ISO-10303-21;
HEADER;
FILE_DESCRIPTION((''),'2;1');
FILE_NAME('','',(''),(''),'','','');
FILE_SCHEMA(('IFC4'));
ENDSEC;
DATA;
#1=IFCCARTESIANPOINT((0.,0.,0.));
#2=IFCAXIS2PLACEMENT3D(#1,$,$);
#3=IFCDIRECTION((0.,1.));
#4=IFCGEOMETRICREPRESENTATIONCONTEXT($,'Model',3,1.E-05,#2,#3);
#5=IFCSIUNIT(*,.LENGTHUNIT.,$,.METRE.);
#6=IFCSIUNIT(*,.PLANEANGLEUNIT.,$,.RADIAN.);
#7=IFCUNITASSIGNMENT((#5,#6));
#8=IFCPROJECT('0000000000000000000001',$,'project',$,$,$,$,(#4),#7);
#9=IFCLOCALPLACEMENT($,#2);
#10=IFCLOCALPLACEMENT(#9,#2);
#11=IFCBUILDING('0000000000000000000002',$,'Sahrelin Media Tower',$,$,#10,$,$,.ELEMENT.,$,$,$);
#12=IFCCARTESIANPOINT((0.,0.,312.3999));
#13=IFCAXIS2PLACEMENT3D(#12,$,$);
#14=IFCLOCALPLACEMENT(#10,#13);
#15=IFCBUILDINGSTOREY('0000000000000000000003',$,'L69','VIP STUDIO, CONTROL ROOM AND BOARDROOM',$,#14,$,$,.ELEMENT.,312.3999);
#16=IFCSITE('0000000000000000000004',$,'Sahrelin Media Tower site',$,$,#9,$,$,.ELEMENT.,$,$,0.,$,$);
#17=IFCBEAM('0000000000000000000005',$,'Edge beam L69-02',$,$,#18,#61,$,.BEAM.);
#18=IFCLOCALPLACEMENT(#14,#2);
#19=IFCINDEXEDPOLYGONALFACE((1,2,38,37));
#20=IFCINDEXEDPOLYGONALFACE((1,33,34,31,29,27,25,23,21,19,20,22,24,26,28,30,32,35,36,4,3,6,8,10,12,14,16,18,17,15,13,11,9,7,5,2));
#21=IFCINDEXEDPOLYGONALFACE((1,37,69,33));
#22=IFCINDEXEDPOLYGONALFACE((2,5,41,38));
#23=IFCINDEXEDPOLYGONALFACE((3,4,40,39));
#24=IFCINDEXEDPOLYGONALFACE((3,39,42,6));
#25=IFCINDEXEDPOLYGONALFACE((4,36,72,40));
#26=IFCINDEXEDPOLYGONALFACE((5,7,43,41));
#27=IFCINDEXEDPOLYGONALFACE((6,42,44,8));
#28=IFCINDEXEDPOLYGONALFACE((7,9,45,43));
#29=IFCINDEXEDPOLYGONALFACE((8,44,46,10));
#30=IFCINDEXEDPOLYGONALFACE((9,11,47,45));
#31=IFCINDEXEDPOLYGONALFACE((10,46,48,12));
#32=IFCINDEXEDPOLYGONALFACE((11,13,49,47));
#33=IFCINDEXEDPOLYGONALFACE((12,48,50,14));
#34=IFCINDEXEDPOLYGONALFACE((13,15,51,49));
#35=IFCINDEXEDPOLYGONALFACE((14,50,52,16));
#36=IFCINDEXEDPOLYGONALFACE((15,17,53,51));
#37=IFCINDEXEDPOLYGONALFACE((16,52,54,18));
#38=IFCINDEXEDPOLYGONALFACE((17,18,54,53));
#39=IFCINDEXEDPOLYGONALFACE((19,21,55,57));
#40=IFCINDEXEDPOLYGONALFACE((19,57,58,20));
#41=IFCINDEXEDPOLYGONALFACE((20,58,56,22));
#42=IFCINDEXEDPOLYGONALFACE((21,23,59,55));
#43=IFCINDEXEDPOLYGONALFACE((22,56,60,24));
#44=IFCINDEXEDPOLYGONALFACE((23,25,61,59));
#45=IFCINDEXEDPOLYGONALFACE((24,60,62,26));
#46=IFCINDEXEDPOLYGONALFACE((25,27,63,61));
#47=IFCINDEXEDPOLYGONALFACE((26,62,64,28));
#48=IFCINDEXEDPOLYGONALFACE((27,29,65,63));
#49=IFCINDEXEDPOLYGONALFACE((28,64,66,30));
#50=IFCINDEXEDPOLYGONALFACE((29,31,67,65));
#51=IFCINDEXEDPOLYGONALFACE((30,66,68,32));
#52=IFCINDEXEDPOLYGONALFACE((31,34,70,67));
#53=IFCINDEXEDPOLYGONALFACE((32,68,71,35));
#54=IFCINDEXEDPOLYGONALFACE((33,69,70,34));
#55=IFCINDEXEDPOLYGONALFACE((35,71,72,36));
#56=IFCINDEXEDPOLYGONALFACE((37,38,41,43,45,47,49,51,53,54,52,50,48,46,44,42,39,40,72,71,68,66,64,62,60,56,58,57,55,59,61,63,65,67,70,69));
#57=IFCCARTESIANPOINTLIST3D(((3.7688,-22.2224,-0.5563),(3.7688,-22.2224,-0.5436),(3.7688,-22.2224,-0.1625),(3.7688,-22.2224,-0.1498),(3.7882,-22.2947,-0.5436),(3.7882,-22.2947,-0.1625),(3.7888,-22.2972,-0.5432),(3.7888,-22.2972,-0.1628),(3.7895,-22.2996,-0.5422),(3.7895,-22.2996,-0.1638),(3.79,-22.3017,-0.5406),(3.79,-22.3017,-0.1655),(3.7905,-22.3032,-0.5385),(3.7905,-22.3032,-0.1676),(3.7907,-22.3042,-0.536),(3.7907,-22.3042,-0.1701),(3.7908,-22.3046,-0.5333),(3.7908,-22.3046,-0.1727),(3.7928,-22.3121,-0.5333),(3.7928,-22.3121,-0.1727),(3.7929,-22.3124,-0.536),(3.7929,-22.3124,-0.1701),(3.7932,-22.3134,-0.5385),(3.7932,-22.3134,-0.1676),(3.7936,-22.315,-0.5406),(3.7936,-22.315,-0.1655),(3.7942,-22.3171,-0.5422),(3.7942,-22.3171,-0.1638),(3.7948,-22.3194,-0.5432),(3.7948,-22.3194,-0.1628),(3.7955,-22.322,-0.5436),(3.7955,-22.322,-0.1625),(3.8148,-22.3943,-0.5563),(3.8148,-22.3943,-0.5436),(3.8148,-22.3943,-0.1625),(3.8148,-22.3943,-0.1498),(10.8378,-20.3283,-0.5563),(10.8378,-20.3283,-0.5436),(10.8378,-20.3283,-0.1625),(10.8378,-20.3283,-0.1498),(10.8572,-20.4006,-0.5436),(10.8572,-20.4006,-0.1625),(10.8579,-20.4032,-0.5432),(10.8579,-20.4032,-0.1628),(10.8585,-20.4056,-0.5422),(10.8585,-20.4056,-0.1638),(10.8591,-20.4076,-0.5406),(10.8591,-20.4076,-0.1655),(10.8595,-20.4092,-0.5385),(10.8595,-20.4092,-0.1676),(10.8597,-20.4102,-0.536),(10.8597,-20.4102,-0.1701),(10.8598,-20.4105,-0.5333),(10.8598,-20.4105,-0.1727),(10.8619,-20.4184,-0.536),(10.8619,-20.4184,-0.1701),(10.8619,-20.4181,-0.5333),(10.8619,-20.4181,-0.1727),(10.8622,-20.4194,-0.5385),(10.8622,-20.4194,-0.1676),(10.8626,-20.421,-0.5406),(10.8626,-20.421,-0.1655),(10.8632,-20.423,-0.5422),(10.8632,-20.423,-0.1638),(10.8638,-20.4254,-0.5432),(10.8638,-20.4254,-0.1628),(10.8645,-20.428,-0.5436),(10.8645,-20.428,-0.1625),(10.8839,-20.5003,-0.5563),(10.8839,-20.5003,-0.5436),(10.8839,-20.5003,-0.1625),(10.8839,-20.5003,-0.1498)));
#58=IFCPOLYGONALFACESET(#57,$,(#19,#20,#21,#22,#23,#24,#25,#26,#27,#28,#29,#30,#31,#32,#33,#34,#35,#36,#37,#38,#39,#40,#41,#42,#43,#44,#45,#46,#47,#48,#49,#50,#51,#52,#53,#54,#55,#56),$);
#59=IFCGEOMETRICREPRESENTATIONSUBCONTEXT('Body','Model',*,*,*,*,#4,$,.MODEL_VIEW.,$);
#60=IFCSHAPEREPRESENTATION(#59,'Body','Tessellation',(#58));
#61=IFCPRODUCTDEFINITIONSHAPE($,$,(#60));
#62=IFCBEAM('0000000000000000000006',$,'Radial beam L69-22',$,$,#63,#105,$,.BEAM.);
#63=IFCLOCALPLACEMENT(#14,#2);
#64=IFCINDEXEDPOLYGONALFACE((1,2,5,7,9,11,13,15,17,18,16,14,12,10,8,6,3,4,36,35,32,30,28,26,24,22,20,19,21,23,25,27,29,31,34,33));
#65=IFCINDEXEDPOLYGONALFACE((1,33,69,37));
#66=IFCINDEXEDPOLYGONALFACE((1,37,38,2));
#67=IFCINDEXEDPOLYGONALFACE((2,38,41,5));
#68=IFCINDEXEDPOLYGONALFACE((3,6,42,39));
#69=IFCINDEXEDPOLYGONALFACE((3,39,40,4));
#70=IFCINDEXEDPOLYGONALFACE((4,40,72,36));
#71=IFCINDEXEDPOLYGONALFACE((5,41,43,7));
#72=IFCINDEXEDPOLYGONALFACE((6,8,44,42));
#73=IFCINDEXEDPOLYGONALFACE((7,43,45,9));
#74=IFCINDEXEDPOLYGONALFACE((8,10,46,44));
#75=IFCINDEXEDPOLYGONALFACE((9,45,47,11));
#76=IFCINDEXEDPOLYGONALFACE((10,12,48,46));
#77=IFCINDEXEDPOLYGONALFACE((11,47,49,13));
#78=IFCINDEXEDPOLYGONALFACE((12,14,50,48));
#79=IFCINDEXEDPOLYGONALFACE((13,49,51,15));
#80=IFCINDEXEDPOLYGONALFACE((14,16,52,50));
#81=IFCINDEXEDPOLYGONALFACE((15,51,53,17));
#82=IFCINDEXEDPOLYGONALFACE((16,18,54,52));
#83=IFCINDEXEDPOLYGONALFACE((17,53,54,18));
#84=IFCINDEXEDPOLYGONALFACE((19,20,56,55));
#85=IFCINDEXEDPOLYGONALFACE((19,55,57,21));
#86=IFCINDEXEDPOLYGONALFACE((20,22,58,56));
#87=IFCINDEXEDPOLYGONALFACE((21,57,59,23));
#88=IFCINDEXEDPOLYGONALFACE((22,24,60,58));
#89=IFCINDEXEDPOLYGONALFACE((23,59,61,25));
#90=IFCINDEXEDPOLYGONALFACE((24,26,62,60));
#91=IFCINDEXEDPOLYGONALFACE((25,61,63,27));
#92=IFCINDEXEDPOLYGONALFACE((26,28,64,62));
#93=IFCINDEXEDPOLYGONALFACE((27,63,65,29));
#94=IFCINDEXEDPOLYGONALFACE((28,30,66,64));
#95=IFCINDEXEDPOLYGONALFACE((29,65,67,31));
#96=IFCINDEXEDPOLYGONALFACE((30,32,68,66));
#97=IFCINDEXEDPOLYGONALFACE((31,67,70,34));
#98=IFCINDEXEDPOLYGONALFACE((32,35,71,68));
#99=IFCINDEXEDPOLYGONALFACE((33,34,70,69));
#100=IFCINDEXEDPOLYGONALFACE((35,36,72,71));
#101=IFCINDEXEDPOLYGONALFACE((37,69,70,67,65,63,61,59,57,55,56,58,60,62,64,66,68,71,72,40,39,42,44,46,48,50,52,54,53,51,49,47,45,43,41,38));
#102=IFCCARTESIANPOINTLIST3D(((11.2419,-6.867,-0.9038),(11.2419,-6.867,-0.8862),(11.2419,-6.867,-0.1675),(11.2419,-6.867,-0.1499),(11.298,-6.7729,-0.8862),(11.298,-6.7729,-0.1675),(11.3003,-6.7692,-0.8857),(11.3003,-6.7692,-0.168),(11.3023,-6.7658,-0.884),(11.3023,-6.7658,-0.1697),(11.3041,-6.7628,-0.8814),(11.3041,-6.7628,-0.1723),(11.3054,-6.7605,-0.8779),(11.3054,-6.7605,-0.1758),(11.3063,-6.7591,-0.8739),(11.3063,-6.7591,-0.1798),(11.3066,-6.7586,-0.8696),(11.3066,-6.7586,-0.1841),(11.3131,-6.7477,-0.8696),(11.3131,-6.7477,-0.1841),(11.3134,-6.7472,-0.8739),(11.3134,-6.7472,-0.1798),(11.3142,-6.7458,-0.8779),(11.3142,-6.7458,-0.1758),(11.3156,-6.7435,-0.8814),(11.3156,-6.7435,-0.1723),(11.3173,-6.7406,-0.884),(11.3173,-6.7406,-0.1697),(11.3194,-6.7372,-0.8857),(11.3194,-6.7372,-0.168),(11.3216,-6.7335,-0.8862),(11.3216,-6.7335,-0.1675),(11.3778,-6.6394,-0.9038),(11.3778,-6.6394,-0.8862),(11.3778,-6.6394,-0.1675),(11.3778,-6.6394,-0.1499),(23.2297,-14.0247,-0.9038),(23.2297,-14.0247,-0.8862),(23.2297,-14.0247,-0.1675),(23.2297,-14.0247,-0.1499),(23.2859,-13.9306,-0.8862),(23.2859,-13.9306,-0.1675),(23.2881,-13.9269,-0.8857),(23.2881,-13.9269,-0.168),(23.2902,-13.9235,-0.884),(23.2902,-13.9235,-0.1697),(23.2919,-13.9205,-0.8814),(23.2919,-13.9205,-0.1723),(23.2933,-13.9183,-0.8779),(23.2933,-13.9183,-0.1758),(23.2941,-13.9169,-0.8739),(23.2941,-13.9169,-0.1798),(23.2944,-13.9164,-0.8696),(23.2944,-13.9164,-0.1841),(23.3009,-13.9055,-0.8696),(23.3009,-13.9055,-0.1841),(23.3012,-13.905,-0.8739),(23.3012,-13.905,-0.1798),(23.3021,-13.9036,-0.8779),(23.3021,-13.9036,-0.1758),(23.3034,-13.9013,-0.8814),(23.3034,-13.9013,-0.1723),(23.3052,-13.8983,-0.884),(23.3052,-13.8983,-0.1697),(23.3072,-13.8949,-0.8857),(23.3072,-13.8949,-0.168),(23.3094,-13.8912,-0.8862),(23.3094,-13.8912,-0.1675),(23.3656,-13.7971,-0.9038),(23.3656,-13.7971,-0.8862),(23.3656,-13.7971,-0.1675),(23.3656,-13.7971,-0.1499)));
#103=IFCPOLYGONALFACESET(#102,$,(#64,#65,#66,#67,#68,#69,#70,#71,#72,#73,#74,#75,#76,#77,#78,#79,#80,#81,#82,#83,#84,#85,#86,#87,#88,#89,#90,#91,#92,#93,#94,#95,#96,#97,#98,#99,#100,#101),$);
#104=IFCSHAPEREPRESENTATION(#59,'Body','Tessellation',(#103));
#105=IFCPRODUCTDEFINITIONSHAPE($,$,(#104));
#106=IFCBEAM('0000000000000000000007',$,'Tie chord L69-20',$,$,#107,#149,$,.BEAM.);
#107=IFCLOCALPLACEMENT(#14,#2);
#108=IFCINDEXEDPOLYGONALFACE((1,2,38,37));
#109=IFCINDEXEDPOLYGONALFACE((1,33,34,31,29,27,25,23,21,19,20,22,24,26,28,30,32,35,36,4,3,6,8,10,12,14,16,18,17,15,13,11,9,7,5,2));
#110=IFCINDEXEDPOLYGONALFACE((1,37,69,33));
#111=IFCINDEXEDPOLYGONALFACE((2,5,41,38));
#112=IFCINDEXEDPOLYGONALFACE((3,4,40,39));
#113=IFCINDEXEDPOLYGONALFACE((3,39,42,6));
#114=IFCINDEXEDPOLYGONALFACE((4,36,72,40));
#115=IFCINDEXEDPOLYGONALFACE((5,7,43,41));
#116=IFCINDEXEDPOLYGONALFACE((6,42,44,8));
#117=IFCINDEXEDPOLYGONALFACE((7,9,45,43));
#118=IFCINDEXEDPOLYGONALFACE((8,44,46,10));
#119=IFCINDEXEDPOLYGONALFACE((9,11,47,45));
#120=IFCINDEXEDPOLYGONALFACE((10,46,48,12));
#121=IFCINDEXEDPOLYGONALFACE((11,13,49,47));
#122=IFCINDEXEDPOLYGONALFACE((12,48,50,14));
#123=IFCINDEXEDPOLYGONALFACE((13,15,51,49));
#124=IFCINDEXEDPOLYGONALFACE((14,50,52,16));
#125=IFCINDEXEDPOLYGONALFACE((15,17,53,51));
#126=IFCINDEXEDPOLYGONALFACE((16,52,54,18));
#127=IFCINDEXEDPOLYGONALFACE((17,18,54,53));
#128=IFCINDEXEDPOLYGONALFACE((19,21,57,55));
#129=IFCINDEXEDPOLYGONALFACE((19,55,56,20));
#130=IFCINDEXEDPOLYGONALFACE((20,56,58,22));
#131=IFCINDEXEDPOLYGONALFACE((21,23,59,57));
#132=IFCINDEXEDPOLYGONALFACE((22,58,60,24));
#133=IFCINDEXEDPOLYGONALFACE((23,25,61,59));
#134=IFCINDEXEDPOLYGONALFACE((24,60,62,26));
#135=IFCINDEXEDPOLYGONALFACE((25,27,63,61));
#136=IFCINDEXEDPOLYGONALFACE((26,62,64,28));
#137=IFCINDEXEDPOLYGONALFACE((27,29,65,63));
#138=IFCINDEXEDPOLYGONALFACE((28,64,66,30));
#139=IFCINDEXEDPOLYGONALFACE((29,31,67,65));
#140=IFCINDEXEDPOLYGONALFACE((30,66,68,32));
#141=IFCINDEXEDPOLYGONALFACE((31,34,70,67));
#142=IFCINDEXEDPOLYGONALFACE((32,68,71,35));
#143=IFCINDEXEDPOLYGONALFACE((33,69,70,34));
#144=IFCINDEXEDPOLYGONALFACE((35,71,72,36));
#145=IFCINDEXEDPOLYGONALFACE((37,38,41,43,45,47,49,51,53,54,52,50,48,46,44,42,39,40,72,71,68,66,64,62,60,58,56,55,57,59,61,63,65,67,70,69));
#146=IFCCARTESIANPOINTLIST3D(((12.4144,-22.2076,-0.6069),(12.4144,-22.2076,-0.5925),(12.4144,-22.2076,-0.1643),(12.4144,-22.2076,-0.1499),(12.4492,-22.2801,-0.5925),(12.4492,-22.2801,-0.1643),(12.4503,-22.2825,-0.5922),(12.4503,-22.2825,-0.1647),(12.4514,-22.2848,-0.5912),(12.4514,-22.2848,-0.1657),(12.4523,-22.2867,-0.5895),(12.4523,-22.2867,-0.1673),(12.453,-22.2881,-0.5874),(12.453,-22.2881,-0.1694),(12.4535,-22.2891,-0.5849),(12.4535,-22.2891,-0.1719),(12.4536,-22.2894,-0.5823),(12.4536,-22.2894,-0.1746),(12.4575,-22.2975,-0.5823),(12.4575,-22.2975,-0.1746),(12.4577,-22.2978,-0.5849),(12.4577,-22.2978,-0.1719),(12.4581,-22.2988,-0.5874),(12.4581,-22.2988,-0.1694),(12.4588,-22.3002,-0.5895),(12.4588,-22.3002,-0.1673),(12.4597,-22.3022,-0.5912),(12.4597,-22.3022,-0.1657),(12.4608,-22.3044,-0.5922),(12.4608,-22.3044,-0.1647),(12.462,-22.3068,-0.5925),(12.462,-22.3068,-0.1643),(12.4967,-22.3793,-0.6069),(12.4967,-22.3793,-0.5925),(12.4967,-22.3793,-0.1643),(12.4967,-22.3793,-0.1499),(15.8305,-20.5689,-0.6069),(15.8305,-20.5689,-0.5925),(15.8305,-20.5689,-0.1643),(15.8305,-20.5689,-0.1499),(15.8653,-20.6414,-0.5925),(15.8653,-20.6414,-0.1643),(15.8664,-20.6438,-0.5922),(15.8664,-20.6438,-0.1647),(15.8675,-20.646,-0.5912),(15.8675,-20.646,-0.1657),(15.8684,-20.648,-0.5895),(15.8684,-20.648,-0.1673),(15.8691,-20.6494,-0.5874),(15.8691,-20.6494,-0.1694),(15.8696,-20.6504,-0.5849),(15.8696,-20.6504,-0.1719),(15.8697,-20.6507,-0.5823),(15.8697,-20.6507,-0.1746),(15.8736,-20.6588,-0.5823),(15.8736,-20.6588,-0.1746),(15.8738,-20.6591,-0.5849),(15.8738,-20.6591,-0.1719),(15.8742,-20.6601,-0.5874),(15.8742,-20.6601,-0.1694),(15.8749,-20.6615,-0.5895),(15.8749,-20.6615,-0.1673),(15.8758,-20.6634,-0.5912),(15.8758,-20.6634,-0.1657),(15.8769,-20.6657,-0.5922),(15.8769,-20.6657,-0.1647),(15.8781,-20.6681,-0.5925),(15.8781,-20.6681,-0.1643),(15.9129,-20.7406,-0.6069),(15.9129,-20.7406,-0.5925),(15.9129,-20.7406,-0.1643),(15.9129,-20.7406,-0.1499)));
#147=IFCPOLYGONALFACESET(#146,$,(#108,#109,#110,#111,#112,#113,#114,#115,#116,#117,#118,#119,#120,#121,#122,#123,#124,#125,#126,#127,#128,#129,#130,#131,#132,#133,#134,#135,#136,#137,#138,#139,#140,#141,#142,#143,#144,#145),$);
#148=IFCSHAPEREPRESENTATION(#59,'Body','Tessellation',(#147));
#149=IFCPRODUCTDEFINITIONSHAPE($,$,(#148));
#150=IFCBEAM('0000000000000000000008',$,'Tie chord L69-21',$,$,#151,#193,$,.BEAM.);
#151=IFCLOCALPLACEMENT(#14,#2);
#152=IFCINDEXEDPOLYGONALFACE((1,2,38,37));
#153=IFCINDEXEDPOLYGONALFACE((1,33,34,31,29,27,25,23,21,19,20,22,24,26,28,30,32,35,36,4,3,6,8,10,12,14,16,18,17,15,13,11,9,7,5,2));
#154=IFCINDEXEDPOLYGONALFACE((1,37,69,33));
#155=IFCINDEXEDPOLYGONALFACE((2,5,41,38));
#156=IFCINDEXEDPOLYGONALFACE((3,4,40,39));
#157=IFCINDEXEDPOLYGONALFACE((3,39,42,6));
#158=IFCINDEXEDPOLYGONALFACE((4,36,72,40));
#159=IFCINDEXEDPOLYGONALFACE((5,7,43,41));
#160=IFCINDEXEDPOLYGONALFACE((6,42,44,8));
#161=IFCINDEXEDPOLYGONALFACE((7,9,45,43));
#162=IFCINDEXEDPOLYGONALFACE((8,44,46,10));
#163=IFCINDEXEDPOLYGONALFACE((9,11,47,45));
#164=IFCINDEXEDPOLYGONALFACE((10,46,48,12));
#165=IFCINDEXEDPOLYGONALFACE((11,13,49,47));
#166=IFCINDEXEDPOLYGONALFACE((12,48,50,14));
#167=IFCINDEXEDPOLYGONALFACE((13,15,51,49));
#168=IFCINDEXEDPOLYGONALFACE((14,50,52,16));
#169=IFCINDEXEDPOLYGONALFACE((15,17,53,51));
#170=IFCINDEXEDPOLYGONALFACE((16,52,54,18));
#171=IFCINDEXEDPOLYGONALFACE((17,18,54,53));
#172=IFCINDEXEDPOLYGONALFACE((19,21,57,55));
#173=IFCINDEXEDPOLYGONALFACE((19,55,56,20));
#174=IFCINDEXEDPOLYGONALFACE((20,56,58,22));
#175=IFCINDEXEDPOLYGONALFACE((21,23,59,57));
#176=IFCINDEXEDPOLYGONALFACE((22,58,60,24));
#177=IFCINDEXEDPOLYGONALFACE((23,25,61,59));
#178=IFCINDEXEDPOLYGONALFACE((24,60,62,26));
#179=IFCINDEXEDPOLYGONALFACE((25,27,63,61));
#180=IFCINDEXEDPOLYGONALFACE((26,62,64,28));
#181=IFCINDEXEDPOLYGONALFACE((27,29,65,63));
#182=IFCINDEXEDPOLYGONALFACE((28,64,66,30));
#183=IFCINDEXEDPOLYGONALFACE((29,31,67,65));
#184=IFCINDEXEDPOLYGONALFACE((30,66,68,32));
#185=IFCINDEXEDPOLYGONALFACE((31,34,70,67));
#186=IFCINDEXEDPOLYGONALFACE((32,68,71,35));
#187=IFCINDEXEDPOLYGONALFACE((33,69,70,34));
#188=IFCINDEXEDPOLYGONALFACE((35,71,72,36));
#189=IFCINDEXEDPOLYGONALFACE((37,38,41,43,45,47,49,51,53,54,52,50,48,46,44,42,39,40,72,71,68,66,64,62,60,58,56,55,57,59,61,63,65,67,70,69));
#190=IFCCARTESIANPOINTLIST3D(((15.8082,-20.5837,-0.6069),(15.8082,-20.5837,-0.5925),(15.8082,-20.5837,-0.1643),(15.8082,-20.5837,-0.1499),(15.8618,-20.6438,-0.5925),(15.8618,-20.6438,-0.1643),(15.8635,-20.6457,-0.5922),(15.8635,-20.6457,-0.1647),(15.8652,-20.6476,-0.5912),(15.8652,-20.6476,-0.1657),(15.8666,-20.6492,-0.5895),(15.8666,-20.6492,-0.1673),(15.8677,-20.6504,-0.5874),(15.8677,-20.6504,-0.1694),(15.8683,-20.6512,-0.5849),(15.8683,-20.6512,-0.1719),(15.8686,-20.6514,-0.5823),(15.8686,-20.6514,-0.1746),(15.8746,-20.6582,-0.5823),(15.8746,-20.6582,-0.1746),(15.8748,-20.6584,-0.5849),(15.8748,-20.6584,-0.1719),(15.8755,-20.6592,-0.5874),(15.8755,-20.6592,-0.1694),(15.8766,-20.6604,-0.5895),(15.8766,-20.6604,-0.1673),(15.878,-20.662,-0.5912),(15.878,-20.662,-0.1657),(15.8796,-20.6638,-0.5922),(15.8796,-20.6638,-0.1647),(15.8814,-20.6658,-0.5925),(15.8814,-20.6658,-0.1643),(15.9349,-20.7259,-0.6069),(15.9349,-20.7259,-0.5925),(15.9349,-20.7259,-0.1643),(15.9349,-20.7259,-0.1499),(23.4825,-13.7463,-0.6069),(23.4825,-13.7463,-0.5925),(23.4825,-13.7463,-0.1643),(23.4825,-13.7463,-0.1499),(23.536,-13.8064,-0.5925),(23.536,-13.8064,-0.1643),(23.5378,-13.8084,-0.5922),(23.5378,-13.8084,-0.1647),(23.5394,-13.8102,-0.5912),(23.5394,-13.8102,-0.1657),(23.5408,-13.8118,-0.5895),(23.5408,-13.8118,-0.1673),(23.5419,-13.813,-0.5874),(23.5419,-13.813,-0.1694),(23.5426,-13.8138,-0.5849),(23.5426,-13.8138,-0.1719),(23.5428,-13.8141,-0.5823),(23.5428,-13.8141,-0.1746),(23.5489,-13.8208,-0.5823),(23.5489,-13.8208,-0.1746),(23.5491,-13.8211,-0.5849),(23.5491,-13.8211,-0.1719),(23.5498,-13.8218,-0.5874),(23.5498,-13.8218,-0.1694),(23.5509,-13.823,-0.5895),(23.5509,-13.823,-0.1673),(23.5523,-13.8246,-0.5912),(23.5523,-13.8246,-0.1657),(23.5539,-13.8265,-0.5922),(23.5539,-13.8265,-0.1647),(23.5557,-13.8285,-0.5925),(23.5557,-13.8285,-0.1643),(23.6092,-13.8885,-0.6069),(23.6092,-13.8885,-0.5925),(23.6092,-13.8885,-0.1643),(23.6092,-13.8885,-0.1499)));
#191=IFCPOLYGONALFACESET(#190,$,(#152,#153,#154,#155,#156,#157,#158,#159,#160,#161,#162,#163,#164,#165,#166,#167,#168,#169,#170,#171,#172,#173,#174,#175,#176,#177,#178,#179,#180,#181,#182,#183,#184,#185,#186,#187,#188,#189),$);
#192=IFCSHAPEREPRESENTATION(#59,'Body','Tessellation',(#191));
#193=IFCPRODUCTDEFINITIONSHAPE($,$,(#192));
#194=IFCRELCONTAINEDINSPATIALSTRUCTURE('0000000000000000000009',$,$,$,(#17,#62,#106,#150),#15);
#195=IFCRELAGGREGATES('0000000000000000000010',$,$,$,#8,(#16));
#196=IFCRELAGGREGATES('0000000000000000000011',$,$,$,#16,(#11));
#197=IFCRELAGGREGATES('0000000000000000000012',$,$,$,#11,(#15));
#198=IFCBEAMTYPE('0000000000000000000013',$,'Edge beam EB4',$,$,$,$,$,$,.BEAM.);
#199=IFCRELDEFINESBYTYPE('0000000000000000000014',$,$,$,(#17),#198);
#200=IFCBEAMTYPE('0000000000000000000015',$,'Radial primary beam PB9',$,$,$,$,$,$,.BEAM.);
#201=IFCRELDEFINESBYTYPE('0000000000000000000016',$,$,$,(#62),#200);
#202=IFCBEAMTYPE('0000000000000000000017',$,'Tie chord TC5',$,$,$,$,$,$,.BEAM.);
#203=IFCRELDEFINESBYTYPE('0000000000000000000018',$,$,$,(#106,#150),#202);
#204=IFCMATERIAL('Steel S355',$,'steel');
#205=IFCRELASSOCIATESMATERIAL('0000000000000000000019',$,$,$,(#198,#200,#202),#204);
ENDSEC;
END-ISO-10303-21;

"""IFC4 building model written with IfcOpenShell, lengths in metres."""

from ifc_helpers import new_model, si_unit, direction, frame, origin, origin_2d, place, context, subcontext, project, spatial, i_section, extrude, material, material_profile, profile_set, type_object, element, save


model = new_model("IFC4")

# Units and contexts
model_context = context("Model", 3, precision=1e-05, world=origin(), true_north=direction((0.0, 1.0)))
body_context = subcontext(model_context, "Body", "Model", "MODEL_VIEW")
ifc_project = project(units=[si_unit("LENGTHUNIT", "METRE"), si_unit("PLANEANGLEUNIT", "RADIAN")], contexts=[model_context])

# Site, building, storey
site_placement = place(None, origin())
site = spatial("IfcSite", under=ifc_project, at=site_placement, Name="Sahrelin Media Tower site", CompositionType="ELEMENT", RefElevation=0.0)
building_placement = place(site_placement, origin())
building = spatial("IfcBuilding", under=site, at=building_placement, Name="Sahrelin Media Tower", CompositionType="ELEMENT")
storey_placement = place(building_placement, frame((0.0, 0.0, 312.3999)))
storey = spatial("IfcBuildingStorey", under=building, at=storey_placement, Name="L69", Description="VIP STUDIO, CONTROL ROOM AND BOARDROOM", CompositionType="ELEMENT", Elevation=312.3999)

# Beams
ifc_material_1 = material(Name="Steel S355", Category="steel")
ifc_material_profile_1 = material_profile(ifc_material_1, i_section(OverallWidth=0.178, OverallDepth=0.4065, WebThickness=0.0078, FlangeThickness=0.0127, FilletRadius=0.0103, at=origin_2d()), Name="UB 406x178x60")
ifc_profile_set_1 = profile_set([ifc_material_profile_1], Name="Steel S355")
beam_type_1 = type_object("IfcBeamType", Name="Edge beam EB4", PredefinedType="BEAM", material=ifc_profile_set_1)
beam_1_placement = place(storey_placement, frame((10.8608, -20.4143, -0.353), z_axis=(-0.96593, -0.258804, 0.0), x_axis=(0.258804, -0.96593, 0.0)))
element("IfcBeam", 1, at=beam_1_placement, inside=storey, type_object=beam_type_1, Name="Edge beam L69-02", PredefinedType="BEAM", context=body_context, shape_type="SweptSolid", body=[
    extrude(i_section(OverallWidth=0.178, OverallDepth=0.4065, WebThickness=0.0078, FlangeThickness=0.0127, FilletRadius=0.0103, at=origin_2d()), origin(), (0.0, 0.0, 1.0), 7.3184),
])
ifc_material_profile_2 = material_profile(ifc_material_1, i_section(OverallWidth=0.2651, OverallDepth=0.7539, WebThickness=0.0127, FlangeThickness=0.0176, FilletRadius=0.0166, at=origin_2d()), Name="UB 762x267x147")
ifc_profile_set_2 = profile_set([ifc_material_profile_2], Name="Steel S355")
beam_type_2 = type_object("IfcBeamType", Name="Radial primary beam PB9", PredefinedType="BEAM", material=ifc_profile_set_2)
beam_2_placement = place(storey_placement, frame((11.3098, -6.7532, -0.5269), z_axis=(0.858596, -0.512653, 0.0), x_axis=(0.512653, 0.858596, 0.0)))
element("IfcBeam", 2, at=beam_2_placement, inside=storey, type_object=beam_type_2, Name="Radial beam L69-22", PredefinedType="BEAM", context=body_context, shape_type="SweptSolid", body=[
    extrude(i_section(OverallWidth=0.2651, OverallDepth=0.7539, WebThickness=0.0127, FlangeThickness=0.0176, FilletRadius=0.0166, at=origin_2d()), origin(), (0.0, 0.0, 1.0), 13.9622),
])
ifc_material_profile_3 = material_profile(ifc_material_1, i_section(OverallWidth=0.1904, OverallDepth=0.457, WebThickness=0.009, FlangeThickness=0.0144, FilletRadius=0.0103, at=origin_2d()), Name="UB 457x191x74")
ifc_profile_set_3 = profile_set([ifc_material_profile_3], Name="Steel S355")
beam_type_3 = type_object("IfcBeamType", Name="Tie chord TC5", PredefinedType="BEAM", material=ifc_profile_set_3)
beam_3_placement = place(storey_placement, frame((12.4556, -22.2935, -0.3784), z_axis=(0.901628, 0.432513, 0.0), x_axis=(-0.432513, 0.901628, 0.0)))
element("IfcBeam", 3, at=beam_3_placement, inside=storey, type_object=beam_type_3, Name="Tie chord L69-20", PredefinedType="BEAM", context=body_context, shape_type="SweptSolid", body=[
    extrude(i_section(OverallWidth=0.1904, OverallDepth=0.457, WebThickness=0.009, FlangeThickness=0.0144, FilletRadius=0.0103, at=origin_2d()), origin(), (0.0, 0.0, 1.0), 3.7888),
])
beam_4_placement = place(storey_placement, frame((15.8716, -20.6548, -0.3784), z_axis=(0.746646, 0.665221, 0.0), x_axis=(-0.665221, 0.746646, 0.0)))
element("IfcBeam", 4, at=beam_4_placement, inside=storey, type_object=beam_type_3, Name="Tie chord L69-21", PredefinedType="BEAM", context=body_context, shape_type="SweptSolid", body=[
    extrude(i_section(OverallWidth=0.1904, OverallDepth=0.457, WebThickness=0.009, FlangeThickness=0.0144, FilletRadius=0.0103, at=origin_2d()), origin(), (0.0, 0.0, 1.0), 10.2783),
])

save(model, "model.ifc")
